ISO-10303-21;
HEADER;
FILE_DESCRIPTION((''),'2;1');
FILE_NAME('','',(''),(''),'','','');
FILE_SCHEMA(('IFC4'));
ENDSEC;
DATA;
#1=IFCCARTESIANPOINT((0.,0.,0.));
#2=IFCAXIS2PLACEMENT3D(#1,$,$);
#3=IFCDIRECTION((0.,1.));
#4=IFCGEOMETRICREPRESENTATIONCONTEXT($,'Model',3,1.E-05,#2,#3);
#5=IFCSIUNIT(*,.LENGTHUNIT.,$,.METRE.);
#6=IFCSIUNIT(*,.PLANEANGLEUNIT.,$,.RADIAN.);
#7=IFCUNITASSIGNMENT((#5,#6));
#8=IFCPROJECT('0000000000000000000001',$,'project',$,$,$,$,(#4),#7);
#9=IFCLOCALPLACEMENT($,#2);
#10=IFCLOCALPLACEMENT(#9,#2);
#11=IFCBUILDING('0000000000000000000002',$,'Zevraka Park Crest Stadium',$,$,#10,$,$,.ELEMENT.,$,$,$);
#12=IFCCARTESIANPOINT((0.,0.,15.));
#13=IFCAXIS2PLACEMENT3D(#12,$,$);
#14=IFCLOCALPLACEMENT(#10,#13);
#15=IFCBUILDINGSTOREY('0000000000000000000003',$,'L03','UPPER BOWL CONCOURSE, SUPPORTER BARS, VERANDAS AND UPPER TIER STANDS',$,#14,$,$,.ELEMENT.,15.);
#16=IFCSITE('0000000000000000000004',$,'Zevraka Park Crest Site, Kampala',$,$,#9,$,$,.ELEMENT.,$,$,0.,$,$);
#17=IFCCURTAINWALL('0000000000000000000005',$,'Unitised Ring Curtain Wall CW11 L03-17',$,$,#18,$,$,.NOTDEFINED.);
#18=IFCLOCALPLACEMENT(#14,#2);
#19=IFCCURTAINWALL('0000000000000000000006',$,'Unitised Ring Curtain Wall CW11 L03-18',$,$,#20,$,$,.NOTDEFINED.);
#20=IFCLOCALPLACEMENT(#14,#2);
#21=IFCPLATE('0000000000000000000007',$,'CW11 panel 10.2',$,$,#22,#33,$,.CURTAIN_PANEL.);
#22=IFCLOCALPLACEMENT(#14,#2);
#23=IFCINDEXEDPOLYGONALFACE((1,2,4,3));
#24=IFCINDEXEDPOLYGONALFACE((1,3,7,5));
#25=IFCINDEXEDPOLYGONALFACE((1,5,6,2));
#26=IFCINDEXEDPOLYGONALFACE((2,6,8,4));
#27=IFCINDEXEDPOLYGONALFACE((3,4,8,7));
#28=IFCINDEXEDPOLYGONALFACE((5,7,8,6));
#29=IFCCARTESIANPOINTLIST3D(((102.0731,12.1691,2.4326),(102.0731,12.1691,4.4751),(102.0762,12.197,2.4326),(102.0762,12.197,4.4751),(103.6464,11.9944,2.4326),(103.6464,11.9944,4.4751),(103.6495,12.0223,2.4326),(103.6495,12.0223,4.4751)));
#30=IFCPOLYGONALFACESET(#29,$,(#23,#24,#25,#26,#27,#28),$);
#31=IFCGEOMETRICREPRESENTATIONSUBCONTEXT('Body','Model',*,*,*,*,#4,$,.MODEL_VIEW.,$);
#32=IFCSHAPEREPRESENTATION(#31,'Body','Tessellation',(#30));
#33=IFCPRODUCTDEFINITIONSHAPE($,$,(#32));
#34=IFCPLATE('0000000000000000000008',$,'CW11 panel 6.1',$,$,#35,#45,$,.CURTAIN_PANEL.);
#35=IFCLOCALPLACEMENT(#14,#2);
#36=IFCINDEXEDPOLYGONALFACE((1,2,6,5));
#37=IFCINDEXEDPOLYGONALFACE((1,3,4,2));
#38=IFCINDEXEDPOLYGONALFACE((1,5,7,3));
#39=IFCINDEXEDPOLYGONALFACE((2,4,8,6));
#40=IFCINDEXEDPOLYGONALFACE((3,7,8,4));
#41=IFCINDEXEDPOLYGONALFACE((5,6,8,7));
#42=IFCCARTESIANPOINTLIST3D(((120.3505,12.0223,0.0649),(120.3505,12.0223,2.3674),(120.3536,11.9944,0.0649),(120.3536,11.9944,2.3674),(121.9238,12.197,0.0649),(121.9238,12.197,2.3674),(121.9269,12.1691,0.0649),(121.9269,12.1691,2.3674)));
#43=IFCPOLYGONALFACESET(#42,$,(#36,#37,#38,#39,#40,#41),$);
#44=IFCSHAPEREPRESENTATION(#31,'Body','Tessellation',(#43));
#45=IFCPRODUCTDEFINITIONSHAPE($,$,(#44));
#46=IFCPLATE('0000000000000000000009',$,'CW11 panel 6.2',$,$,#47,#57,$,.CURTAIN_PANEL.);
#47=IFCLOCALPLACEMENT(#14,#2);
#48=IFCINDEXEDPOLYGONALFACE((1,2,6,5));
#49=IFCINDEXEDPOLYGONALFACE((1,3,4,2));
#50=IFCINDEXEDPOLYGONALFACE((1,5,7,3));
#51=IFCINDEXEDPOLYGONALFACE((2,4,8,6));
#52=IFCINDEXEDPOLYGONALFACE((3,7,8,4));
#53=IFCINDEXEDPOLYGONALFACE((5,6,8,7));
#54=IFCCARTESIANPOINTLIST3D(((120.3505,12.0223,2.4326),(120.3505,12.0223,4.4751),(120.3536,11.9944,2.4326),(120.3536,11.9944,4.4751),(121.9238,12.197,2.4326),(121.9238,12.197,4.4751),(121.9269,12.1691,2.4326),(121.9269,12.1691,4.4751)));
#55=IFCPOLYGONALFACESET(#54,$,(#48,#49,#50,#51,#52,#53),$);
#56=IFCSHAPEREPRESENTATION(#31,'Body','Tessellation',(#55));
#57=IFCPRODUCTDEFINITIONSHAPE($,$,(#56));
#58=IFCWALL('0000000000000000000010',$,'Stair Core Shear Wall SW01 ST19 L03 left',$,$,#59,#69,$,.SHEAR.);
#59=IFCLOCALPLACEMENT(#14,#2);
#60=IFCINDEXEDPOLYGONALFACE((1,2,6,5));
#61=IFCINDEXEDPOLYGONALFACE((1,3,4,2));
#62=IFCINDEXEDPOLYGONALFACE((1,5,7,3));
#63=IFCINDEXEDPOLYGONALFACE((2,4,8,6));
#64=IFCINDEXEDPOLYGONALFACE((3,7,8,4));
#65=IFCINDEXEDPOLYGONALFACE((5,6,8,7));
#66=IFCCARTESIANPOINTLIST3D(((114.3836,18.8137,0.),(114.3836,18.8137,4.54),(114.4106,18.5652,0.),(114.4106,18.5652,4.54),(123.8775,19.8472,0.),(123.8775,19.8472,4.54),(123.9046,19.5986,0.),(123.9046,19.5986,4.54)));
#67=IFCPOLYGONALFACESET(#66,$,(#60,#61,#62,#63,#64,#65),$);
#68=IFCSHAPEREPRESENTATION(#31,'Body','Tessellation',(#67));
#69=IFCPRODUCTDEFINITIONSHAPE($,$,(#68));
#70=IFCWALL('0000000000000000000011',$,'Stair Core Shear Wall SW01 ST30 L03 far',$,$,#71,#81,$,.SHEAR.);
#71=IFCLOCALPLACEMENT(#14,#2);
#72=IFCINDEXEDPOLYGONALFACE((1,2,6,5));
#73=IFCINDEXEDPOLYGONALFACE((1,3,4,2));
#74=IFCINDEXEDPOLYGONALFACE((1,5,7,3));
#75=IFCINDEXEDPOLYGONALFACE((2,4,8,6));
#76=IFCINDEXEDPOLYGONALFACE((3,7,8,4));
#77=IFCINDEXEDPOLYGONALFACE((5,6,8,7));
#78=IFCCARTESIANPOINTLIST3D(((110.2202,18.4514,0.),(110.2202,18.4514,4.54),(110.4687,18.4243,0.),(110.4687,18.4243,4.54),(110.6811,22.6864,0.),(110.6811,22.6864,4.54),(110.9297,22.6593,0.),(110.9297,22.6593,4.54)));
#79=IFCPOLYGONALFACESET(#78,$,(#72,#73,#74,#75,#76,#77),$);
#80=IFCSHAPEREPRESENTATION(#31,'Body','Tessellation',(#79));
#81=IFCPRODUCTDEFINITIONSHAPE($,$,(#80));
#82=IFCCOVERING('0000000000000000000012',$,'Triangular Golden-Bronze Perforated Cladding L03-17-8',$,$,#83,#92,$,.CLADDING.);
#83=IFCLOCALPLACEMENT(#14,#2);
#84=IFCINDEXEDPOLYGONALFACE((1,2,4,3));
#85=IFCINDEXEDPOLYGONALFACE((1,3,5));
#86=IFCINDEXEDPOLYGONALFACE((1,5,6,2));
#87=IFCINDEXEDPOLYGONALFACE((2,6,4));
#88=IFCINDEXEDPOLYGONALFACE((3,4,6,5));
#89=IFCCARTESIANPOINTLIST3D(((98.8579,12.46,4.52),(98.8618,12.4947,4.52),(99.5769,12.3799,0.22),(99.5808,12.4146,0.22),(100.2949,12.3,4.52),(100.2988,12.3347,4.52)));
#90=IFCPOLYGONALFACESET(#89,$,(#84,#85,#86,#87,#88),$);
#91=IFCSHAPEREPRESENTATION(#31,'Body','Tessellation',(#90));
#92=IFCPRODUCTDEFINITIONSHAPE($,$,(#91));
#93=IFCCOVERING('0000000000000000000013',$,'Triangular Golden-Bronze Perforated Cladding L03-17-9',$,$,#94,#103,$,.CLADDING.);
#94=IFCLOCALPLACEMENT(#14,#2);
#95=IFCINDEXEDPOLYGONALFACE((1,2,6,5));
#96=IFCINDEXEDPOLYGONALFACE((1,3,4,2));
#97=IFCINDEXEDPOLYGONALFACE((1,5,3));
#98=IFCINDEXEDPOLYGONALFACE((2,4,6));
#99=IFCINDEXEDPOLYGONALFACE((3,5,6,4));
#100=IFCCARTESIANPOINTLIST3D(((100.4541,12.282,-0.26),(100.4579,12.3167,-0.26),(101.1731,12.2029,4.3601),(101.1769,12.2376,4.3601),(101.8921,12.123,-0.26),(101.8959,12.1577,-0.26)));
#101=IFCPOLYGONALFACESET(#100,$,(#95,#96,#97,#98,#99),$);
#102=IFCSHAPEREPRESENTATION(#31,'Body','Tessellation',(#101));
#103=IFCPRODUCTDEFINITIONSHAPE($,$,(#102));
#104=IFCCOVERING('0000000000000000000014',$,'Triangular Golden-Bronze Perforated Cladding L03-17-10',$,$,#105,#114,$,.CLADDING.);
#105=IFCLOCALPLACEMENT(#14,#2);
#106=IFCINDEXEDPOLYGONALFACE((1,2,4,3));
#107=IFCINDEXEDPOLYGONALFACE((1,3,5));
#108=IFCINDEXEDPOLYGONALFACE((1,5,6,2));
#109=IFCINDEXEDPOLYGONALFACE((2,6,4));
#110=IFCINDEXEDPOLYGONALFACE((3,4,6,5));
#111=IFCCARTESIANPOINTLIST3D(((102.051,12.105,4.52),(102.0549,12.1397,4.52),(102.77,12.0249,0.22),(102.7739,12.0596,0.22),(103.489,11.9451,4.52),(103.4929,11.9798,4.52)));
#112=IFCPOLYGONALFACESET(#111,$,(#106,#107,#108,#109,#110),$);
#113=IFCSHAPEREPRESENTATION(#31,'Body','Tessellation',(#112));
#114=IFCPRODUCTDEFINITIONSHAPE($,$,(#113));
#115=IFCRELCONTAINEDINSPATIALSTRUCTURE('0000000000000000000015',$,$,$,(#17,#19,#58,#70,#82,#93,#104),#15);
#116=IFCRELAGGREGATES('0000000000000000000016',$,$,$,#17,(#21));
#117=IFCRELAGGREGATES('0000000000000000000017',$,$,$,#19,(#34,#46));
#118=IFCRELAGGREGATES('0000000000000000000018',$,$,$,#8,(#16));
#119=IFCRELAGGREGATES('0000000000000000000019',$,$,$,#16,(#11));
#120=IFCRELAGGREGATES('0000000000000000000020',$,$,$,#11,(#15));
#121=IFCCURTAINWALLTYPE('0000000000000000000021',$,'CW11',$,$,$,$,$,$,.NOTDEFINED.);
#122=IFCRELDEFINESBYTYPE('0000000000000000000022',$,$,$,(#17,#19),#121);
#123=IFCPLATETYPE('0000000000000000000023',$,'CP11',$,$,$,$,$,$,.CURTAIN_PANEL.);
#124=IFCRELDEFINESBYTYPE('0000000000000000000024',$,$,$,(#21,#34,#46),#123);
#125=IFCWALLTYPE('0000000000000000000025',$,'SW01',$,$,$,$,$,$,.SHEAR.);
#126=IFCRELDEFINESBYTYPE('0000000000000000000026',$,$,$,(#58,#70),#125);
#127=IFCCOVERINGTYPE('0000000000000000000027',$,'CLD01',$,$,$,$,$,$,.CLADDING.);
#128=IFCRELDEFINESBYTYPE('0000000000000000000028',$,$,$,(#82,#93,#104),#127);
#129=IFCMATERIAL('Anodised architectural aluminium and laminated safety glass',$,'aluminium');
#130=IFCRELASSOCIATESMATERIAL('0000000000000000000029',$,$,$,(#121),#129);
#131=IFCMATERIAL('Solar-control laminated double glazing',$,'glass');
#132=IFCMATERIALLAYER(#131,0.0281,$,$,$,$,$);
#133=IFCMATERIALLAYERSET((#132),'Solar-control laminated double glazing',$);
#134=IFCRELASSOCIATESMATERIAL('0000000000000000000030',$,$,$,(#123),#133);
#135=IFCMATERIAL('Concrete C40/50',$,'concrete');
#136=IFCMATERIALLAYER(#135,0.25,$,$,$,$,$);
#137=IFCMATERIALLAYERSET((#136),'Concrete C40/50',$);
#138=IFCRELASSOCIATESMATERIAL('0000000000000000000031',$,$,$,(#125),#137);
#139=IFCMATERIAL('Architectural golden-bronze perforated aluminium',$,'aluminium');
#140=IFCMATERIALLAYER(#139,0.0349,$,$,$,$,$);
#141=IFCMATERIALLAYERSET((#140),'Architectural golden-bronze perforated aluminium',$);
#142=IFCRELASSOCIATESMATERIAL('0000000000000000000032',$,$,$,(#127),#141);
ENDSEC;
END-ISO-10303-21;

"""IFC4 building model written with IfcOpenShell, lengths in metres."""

from ifc_helpers import new_model, si_unit, direction, frame, frame_2d, origin, origin_2d, place, context, subcontext, project, spatial, polyline, rectangle, outline, extrude, material, layer, layer_set, type_object, element, aggregate, save


model = new_model("IFC4")

# Units and contexts
model_context = context("Model", 3, precision=1e-05, world=origin(), true_north=direction((0.0, 1.0)))
body_context = subcontext(model_context, "Body", "Model", "MODEL_VIEW")
ifc_project = project(units=[si_unit("LENGTHUNIT", "METRE"), si_unit("PLANEANGLEUNIT", "RADIAN")], contexts=[model_context])

# Site, building, storey
site_placement = place(None, origin())
site = spatial("IfcSite", under=ifc_project, at=site_placement, Name="Zevraka Park Crest Site, Kampala", CompositionType="ELEMENT", RefElevation=0.0)
building_placement = place(site_placement, origin())
building = spatial("IfcBuilding", under=site, at=building_placement, Name="Zevraka Park Crest Stadium", CompositionType="ELEMENT")
storey_placement = place(building_placement, frame((0.0, 0.0, 15.0)))
storey = spatial("IfcBuildingStorey", under=building, at=storey_placement, Name="L03", Description="UPPER BOWL CONCOURSE, SUPPORTER BARS, VERANDAS AND UPPER TIER STANDS", CompositionType="ELEMENT", Elevation=15.0)

# Curtain wall
ifc_material_1 = material(Name="Anodised architectural aluminium and laminated safety glass", Category="aluminium")
curtain_wall_type = type_object("IfcCurtainWallType", Name="CW11", PredefinedType="NOTDEFINED", material=ifc_material_1)
curtain_wall_1_placement = place(storey_placement, origin())
curtain_wall_1 = element("IfcCurtainWall", 1, at=curtain_wall_1_placement, inside=storey, type_object=curtain_wall_type, Name="Unitised Ring Curtain Wall CW11 L03-17", PredefinedType="NOTDEFINED")

# Curtain wall
curtain_wall_2_placement = place(storey_placement, origin())
curtain_wall_2 = element("IfcCurtainWall", 2, at=curtain_wall_2_placement, inside=storey, type_object=curtain_wall_type, Name="Unitised Ring Curtain Wall CW11 L03-18", PredefinedType="NOTDEFINED")

# Plates
ifc_material_2 = material(Name="Solar-control laminated double glazing", Category="glass")
ifc_layer_1 = layer(ifc_material_2, 0.0281)
ifc_layer_set_1 = layer_set([ifc_layer_1], Name="Solar-control laminated double glazing")
plate_type = type_object("IfcPlateType", Name="CP11", PredefinedType="CURTAIN_PANEL", material=ifc_layer_set_1)
plate_1_placement = place(storey_placement, frame((102.8613, 12.0957, 2.4326), z_axis=(0.0, 0.0, 1.0), x_axis=(0.993888, -0.110396, 0.0)))
plate_1 = element("IfcPlate", 3, at=plate_1_placement, type_object=plate_type, Name="CW11 panel 10.2", PredefinedType="CURTAIN_PANEL", context=body_context, shape_type="SweptSolid", body=[
    extrude(rectangle(XDim=1.583, YDim=0.0281, at=origin_2d()), origin(), (0.0, 0.0, 1.0), 2.0425),
])
aggregate(curtain_wall_1, [plate_1])
plate_2_placement = place(storey_placement, frame((121.1387, 12.0957, 0.0649), z_axis=(0.0, 0.0, 1.0), x_axis=(0.993888, 0.110396, 0.0)))
plate_2 = element("IfcPlate", 4, at=plate_2_placement, type_object=plate_type, Name="CW11 panel 6.1", PredefinedType="CURTAIN_PANEL", context=body_context, shape_type="SweptSolid", body=[
    extrude(rectangle(XDim=1.583, YDim=0.0281, at=origin_2d()), origin(), (0.0, 0.0, 1.0), 2.3025),
])
plate_3_placement = place(storey_placement, frame((121.1387, 12.0957, 2.4326), z_axis=(0.0, 0.0, 1.0), x_axis=(0.993888, 0.110396, 0.0)))
plate_3 = element("IfcPlate", 5, at=plate_3_placement, type_object=plate_type, Name="CW11 panel 6.2", PredefinedType="CURTAIN_PANEL", context=body_context, shape_type="SweptSolid", body=[
    extrude(rectangle(XDim=1.583, YDim=0.0281, at=origin_2d()), origin(), (0.0, 0.0, 1.0), 2.0425),
])
aggregate(curtain_wall_2, [plate_2, plate_3])

# Walls
ifc_material_3 = material(Name="Concrete C40/50", Category="concrete")
ifc_layer_2 = layer(ifc_material_3, 0.25)
ifc_layer_set_2 = layer_set([ifc_layer_2], Name="Concrete C40/50")
wall_type = type_object("IfcWallType", Name="SW01", PredefinedType="SHEAR", material=ifc_layer_set_2)
wall_1_placement = place(storey_placement, frame((114.3972, 18.6895, 0.0), z_axis=(0.0, 0.0, 1.0), x_axis=(0.994128, 0.108215, 0.0)))
element("IfcWall", 6, at=wall_1_placement, inside=storey, type_object=wall_type, Name="Stair Core Shear Wall SW01 ST19 L03 left", PredefinedType="SHEAR", context=body_context, shape_type="SweptSolid", body=[
    extrude(rectangle(XDim=9.55, YDim=0.25, at=frame_2d((4.7749, 0.0))), origin(), (0.0, 0.0, 1.0), 4.54),
])
wall_2_placement = place(storey_placement, frame((110.3445, 18.438, 0.0), z_axis=(0.0, 0.0, 1.0), x_axis=(0.108198, 0.994129, 0.0)))
element("IfcWall", 7, at=wall_2_placement, inside=storey, type_object=wall_type, Name="Stair Core Shear Wall SW01 ST30 L03 far", PredefinedType="SHEAR", context=body_context, shape_type="SweptSolid", body=[
    extrude(rectangle(XDim=4.26, YDim=0.25, at=frame_2d((2.1299, 0.0))), origin(), (0.0, 0.0, 1.0), 4.54),
])

# Coverings
ifc_material_4 = material(Name="Architectural golden-bronze perforated aluminium", Category="aluminium")
ifc_layer_3 = layer(ifc_material_4, 0.0349)
ifc_layer_set_3 = layer_set([ifc_layer_3], Name="Architectural golden-bronze perforated aluminium")
covering_type = type_object("IfcCoveringType", Name="CLD01", PredefinedType="CLADDING", material=ifc_layer_set_3)
covering_1_placement = place(storey_placement, frame((100.2949, 12.3, 4.52), z_axis=(-0.110598, -0.993865, 0.000016), x_axis=(-0.993865, 0.110598, 0.0)))
element("IfcCovering", 8, at=covering_1_placement, inside=storey, type_object=covering_type, Name="Triangular Golden-Bronze Perforated Cladding L03-17-8", PredefinedType="CLADDING", context=body_context, shape_type="SweptSolid", body=[
    extrude(outline(polyline([(0.0, 0.0), (1.4459, 0.0), (0.7224, 4.3), (0.0, 0.0)])), origin(), (0.0, 0.0, -1.0), 0.0349),
])
covering_2_placement = place(storey_placement, frame((100.4541, 12.282, -0.26), z_axis=(-0.109857, -0.993947, 0.000079), x_axis=(0.993947, -0.109857, 0.0)))
element("IfcCovering", 9, at=covering_2_placement, inside=storey, type_object=covering_type, Name="Triangular Golden-Bronze Perforated Cladding L03-17-9", PredefinedType="CLADDING", context=body_context, shape_type="SweptSolid", body=[
    extrude(outline(polyline([(0.0, 0.0), (1.4467, 0.0), (0.7233, 4.6201), (0.0, 0.0)])), origin(), (0.0, 0.0, -1.0), 0.0349),
])
covering_3_placement = place(storey_placement, frame((103.489, 11.9451, 4.52), z_axis=(-0.110524, -0.993873, 0.000028), x_axis=(-0.993873, 0.110524, 0.0)))
element("IfcCovering", 10, at=covering_3_placement, inside=storey, type_object=covering_type, Name="Triangular Golden-Bronze Perforated Cladding L03-17-10", PredefinedType="CLADDING", context=body_context, shape_type="SweptSolid", body=[
    extrude(outline(polyline([(0.0, 0.0), (1.4469, 0.0), (0.7234, 4.3), (0.0, 0.0)])), origin(), (0.0, 0.0, -1.0), 0.0349),
])

save(model, "model.ifc")
